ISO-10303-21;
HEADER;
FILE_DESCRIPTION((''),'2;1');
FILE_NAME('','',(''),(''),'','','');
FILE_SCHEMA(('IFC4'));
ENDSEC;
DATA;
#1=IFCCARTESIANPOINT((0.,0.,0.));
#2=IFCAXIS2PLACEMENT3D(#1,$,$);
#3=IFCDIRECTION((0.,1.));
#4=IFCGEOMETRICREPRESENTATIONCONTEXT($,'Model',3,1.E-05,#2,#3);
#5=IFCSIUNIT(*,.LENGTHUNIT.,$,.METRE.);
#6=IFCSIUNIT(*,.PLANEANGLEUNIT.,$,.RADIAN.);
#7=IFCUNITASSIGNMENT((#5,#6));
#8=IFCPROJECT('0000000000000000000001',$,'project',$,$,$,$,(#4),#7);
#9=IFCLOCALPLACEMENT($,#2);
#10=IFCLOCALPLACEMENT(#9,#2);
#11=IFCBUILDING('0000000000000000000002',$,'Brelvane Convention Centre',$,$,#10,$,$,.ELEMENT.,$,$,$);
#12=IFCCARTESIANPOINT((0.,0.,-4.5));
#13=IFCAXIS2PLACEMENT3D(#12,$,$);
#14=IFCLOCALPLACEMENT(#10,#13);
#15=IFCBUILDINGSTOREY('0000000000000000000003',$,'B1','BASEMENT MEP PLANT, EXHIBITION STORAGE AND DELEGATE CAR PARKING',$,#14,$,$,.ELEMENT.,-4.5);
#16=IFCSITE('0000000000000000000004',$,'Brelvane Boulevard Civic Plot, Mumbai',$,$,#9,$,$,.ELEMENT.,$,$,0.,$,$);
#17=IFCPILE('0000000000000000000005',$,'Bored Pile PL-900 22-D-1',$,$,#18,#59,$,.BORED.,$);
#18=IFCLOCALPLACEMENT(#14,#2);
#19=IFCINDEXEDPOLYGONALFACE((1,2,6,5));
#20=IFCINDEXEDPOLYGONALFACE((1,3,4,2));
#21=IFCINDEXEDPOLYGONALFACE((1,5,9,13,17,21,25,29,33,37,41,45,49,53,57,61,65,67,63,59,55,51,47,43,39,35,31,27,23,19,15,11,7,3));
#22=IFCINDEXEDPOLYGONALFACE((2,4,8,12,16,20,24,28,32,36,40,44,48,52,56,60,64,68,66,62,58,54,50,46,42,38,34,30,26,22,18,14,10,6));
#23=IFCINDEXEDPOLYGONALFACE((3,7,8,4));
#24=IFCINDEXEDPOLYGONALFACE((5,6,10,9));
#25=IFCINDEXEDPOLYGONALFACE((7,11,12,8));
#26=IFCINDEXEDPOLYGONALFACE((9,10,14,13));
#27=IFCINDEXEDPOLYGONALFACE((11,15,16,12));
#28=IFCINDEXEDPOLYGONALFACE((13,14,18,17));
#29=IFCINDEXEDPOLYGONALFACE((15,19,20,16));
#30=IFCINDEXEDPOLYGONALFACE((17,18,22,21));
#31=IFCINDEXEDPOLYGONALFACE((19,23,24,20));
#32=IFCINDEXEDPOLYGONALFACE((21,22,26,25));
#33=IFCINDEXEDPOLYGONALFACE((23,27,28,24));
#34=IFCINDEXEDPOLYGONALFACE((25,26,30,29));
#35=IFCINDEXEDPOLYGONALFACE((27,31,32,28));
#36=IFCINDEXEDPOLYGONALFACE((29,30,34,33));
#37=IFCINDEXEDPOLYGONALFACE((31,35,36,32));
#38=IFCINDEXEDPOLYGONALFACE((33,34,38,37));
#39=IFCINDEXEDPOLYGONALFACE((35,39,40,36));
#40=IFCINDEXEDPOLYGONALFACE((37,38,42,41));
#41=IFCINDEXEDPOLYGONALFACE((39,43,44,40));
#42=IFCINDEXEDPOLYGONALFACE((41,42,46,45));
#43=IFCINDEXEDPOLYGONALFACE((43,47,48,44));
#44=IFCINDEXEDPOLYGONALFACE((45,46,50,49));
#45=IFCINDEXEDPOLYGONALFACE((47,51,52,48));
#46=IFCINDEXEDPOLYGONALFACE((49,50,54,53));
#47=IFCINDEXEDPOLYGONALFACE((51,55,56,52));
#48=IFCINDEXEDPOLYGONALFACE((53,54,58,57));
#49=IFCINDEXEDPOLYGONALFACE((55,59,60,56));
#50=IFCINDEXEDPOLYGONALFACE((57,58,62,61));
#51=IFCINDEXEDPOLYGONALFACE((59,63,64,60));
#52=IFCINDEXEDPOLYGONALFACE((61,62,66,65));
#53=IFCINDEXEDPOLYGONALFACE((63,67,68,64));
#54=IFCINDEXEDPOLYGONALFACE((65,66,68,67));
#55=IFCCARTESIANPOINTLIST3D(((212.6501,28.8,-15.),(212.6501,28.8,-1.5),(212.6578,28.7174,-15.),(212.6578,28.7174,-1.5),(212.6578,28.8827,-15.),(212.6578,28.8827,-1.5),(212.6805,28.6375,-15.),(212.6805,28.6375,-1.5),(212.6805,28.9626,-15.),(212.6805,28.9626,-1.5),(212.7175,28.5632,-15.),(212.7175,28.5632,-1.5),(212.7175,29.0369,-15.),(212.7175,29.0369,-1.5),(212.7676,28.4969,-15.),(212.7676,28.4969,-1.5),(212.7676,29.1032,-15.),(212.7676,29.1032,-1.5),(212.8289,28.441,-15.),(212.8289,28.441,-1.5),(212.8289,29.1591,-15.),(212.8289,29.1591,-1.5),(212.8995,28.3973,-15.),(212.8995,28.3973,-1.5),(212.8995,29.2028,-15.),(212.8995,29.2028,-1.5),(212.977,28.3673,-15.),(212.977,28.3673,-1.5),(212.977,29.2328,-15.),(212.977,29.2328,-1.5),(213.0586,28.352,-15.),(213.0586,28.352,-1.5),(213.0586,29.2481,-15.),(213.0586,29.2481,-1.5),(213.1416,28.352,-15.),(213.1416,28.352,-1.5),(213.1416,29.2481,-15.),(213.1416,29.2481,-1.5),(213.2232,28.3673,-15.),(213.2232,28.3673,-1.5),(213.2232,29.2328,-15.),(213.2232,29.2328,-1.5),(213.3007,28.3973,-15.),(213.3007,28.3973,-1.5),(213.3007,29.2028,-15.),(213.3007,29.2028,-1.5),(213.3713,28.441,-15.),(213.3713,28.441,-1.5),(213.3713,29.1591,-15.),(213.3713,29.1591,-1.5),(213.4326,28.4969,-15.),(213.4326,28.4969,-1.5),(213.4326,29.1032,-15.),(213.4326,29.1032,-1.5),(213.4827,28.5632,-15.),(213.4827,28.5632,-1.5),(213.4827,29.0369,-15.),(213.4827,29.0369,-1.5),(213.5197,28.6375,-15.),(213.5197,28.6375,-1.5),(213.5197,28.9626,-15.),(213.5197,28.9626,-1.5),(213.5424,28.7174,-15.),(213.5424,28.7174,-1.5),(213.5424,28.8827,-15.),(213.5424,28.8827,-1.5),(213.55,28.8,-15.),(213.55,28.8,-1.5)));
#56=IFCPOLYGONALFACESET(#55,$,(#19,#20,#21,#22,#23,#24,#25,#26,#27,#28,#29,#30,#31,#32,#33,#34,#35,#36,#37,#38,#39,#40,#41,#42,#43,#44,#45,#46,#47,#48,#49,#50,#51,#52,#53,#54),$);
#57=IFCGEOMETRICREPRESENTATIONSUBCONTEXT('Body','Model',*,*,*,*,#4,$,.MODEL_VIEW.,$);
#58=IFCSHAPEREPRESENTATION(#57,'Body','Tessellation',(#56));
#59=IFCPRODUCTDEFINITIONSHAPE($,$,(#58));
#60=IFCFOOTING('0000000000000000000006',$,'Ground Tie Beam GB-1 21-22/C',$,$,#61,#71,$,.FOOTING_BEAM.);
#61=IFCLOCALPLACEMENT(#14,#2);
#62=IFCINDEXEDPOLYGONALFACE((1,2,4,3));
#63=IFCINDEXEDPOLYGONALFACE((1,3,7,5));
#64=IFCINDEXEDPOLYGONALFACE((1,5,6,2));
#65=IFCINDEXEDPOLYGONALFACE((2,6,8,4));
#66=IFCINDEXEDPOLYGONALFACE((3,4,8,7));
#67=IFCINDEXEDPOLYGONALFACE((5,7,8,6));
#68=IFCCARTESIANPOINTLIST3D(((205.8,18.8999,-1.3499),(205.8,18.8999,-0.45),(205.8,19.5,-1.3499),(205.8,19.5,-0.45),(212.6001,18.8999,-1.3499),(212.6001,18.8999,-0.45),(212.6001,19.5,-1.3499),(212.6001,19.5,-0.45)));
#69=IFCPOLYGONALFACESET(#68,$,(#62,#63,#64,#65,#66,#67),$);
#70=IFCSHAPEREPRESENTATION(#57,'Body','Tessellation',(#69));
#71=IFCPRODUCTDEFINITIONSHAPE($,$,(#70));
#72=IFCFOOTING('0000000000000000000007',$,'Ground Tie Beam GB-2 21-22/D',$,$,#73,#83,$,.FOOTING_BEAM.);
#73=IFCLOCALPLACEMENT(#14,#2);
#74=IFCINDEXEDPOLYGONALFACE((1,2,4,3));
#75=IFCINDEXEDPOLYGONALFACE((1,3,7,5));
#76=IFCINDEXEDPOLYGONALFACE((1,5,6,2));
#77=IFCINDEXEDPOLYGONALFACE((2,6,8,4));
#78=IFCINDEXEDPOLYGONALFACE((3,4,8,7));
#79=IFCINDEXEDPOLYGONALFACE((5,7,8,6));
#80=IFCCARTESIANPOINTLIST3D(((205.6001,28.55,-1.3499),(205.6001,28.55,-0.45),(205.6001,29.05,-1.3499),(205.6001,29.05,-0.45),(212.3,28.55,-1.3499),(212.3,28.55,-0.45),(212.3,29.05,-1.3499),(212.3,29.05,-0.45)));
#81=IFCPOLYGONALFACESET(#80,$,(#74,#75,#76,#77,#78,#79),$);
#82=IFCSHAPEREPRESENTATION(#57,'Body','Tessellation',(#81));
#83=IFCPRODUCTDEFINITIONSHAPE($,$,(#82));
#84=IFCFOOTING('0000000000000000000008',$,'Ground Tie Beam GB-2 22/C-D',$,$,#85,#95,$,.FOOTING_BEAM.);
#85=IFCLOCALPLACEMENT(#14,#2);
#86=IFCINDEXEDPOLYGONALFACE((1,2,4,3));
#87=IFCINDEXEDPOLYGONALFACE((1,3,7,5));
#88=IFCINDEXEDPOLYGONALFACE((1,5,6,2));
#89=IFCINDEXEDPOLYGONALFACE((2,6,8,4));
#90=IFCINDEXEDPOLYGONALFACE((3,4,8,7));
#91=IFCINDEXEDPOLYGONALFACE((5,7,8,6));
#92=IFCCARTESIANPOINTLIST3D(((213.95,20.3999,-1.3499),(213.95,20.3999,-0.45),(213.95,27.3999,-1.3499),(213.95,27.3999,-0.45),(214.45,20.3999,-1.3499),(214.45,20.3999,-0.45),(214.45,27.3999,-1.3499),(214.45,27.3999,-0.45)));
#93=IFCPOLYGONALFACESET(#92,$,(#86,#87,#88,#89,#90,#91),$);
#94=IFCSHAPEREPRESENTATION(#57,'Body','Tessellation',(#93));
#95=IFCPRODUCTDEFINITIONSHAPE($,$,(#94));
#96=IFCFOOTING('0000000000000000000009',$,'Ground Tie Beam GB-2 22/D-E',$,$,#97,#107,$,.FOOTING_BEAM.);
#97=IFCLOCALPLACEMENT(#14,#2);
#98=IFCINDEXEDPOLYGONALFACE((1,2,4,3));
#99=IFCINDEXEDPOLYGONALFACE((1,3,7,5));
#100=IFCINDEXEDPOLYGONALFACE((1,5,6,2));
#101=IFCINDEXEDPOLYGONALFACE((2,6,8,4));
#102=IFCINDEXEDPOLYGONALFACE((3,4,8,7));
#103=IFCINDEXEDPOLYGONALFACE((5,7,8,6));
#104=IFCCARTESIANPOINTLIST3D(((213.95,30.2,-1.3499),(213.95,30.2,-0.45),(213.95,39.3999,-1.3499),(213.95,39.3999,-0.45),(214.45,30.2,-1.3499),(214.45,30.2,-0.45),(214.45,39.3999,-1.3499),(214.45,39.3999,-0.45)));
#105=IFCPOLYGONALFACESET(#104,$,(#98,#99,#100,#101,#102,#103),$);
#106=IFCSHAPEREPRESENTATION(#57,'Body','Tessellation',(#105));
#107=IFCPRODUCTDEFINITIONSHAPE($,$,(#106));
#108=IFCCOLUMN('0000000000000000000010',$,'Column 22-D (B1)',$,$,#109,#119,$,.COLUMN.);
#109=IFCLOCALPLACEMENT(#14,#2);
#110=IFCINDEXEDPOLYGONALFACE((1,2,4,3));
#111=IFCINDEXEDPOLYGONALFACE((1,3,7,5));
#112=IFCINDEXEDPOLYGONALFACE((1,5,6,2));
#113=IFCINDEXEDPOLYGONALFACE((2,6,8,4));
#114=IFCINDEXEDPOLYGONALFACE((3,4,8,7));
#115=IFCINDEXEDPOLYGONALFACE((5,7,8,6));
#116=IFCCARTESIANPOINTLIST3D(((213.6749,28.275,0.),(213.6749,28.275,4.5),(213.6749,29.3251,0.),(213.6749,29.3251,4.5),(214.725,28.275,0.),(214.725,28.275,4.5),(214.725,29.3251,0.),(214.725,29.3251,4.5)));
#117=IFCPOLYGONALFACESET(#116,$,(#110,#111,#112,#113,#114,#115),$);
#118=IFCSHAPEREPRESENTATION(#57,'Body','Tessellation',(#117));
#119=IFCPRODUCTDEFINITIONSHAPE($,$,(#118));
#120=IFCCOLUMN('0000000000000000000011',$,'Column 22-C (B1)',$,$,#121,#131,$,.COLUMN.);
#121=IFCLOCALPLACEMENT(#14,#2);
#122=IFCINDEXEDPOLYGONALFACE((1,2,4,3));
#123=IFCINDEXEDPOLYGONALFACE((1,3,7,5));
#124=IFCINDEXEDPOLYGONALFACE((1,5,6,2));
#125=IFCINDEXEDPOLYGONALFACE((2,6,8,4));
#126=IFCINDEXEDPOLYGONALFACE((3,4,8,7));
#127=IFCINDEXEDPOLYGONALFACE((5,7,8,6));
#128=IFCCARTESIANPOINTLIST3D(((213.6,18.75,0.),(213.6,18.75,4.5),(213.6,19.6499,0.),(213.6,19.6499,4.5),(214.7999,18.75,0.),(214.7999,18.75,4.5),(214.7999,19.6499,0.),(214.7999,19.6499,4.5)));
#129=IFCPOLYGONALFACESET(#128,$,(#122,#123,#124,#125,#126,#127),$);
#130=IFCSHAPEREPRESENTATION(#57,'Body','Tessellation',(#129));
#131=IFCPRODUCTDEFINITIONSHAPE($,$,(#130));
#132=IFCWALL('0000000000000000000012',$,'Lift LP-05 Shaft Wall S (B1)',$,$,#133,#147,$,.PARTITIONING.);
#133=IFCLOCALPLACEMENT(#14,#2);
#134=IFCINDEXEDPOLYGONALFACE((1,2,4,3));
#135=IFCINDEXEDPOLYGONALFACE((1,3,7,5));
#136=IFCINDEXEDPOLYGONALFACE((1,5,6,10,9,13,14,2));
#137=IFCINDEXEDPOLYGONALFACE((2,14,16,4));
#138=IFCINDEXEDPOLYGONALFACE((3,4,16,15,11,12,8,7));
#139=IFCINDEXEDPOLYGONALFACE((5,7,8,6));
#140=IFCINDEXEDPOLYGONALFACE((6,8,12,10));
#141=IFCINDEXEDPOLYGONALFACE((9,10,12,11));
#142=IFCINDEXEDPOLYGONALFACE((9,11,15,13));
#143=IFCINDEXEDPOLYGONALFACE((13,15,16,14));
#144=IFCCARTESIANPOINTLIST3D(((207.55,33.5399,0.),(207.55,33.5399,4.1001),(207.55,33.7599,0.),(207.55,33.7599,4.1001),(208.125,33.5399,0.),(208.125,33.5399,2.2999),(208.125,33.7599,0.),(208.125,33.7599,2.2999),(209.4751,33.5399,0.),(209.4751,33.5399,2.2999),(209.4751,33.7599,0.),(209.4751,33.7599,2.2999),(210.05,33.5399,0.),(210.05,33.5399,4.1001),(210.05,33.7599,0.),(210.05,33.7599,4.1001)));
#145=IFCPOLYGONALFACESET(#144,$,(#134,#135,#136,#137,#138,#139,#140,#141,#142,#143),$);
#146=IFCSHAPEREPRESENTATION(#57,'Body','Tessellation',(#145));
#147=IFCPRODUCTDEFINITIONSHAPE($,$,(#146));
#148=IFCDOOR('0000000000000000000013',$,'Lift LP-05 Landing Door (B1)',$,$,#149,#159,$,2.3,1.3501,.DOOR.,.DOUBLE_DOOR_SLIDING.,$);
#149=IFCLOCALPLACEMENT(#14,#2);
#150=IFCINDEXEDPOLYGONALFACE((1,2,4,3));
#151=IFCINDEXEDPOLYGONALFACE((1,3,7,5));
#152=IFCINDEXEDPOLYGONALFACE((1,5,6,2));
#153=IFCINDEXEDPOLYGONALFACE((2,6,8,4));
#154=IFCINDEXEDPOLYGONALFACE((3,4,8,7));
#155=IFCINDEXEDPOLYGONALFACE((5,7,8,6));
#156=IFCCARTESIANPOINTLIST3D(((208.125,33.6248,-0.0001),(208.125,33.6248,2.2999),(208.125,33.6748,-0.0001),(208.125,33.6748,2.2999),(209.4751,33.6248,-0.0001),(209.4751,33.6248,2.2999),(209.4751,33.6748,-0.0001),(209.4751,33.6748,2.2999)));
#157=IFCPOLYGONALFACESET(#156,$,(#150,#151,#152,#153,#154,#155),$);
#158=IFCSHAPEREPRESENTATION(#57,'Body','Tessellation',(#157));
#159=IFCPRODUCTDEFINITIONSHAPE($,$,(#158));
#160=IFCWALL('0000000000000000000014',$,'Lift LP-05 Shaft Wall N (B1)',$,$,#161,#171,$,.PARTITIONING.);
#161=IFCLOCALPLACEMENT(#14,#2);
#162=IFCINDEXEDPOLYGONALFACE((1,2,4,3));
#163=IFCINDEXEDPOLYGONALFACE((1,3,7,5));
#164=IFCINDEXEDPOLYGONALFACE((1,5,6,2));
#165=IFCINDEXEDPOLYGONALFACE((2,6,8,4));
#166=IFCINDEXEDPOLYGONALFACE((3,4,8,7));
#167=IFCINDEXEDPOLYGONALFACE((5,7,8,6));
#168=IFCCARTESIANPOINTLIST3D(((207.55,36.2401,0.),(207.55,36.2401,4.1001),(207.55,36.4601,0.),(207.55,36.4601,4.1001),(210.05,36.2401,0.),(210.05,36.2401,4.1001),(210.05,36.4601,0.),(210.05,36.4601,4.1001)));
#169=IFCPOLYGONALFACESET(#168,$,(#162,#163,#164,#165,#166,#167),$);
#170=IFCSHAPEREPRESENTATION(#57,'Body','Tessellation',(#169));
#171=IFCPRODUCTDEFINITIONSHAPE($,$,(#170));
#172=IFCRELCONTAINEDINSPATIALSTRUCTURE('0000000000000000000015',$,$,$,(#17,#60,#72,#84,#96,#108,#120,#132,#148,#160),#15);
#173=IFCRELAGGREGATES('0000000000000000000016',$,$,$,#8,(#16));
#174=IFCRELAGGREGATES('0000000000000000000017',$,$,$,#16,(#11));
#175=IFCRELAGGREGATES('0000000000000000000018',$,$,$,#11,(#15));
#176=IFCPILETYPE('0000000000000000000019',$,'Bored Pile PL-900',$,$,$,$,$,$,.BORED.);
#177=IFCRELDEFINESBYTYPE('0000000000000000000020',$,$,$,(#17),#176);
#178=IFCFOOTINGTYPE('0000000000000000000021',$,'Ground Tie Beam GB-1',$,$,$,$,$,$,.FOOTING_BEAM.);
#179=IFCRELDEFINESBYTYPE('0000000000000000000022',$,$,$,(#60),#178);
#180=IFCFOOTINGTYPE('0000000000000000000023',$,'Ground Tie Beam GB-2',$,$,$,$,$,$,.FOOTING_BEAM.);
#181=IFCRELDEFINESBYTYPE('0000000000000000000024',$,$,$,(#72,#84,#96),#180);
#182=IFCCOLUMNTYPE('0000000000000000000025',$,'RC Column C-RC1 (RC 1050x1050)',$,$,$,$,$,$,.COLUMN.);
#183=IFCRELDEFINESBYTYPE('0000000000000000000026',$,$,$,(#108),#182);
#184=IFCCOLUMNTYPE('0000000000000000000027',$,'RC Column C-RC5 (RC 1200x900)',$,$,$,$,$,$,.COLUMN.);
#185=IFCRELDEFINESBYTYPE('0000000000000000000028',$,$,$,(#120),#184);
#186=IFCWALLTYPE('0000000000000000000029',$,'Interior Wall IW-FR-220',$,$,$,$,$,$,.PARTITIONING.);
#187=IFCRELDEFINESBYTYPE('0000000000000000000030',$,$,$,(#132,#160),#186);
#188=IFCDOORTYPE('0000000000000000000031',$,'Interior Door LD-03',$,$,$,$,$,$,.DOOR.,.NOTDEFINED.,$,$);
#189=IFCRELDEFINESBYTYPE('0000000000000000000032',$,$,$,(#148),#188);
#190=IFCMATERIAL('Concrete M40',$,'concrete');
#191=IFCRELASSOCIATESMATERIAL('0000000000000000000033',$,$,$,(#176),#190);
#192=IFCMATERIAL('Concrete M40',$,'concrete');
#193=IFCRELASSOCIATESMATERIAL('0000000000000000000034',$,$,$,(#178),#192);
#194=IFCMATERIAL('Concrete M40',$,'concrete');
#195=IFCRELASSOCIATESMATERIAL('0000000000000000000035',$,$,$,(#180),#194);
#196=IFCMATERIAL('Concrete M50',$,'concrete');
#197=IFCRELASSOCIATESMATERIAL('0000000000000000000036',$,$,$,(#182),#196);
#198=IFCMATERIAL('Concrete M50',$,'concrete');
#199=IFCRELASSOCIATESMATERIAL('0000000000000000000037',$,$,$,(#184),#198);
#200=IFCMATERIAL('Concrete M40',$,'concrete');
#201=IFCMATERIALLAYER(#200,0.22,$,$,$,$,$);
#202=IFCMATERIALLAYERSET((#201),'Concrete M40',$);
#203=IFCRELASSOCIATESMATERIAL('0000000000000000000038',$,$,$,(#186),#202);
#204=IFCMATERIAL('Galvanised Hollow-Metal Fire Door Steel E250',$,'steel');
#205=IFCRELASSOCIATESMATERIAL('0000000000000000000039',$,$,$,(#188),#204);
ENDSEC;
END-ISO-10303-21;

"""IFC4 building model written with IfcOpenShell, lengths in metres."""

from ifc_helpers import new_model, si_unit, direction, frame, frame_2d, origin, origin_2d, place, context, subcontext, project, spatial, rectangle, circle, extrude, material, layer, layer_set, material_profile, profile_set, type_object, element, fill, save


model = new_model("IFC4")

# Units and contexts
model_context = context("Model", 3, precision=1e-05, world=origin(), true_north=direction((0.0, 1.0)))
body_context = subcontext(model_context, "Body", "Model", "MODEL_VIEW")
ifc_project = project(units=[si_unit("LENGTHUNIT", "METRE"), si_unit("PLANEANGLEUNIT", "RADIAN")], contexts=[model_context])

# Site, building, storey
site_placement = place(None, origin())
site = spatial("IfcSite", under=ifc_project, at=site_placement, Name="Brelvane Boulevard Civic Plot, Mumbai", CompositionType="ELEMENT", RefElevation=0.0)
building_placement = place(site_placement, origin())
building = spatial("IfcBuilding", under=site, at=building_placement, Name="Brelvane Convention Centre", CompositionType="ELEMENT")
storey_placement = place(building_placement, frame((0.0, 0.0, -4.5)))
storey = spatial("IfcBuildingStorey", under=building, at=storey_placement, Name="B1", Description="BASEMENT MEP PLANT, EXHIBITION STORAGE AND DELEGATE CAR PARKING", CompositionType="ELEMENT", Elevation=-4.5)

# Pile
ifc_material_1 = material(Name="Concrete M40", Category="concrete")
ifc_material_profile_1 = material_profile(ifc_material_1, circle(Radius=0.45, at=origin_2d()), Name="PILE D900")
ifc_profile_set_1 = profile_set([ifc_material_profile_1], Name="Concrete M40")
pile_type = type_object("IfcPileType", Name="Bored Pile PL-900", PredefinedType="BORED", material=ifc_profile_set_1)
pile_placement = place(storey_placement, frame((213.1001, 28.8, -1.5), z_axis=(0.0, 0.0, -1.0), x_axis=(1.0, 0.0, 0.0)))
element("IfcPile", 1, at=pile_placement, inside=storey, type_object=pile_type, Name="Bored Pile PL-900 22-D-1", PredefinedType="BORED", context=body_context, shape_type="SweptSolid", body=[
    extrude(circle(Radius=0.45, at=origin_2d()), origin(), (0.0, 0.0, 1.0), 13.5),
])

# Footings
ifc_material_2 = material(Name="Concrete M40", Category="concrete")
ifc_material_profile_2 = material_profile(ifc_material_2, rectangle(XDim=0.6001, YDim=0.8999, at=origin_2d()), Name="RC 600x900")
ifc_profile_set_2 = profile_set([ifc_material_profile_2], Name="Concrete M40")
footing_type_1 = type_object("IfcFootingType", Name="Ground Tie Beam GB-1", PredefinedType="FOOTING_BEAM", material=ifc_profile_set_2)
footing_1_placement = place(storey_placement, frame((205.8, 19.2, -0.8999), z_axis=(1.0, 0.0, 0.0), x_axis=(0.0, 1.0, 0.0)))
element("IfcFooting", 2, at=footing_1_placement, inside=storey, type_object=footing_type_1, Name="Ground Tie Beam GB-1 21-22/C", PredefinedType="FOOTING_BEAM", context=body_context, shape_type="SweptSolid", body=[
    extrude(rectangle(XDim=0.6001, YDim=0.8999, at=origin_2d()), origin(), (0.0, 0.0, 1.0), 6.8),
])
ifc_material_3 = material(Name="Concrete M40", Category="concrete")
ifc_material_profile_3 = material_profile(ifc_material_3, rectangle(XDim=0.5, YDim=0.8999, at=origin_2d()), Name="RC 500x900")
ifc_profile_set_3 = profile_set([ifc_material_profile_3], Name="Concrete M40")
footing_type_2 = type_object("IfcFootingType", Name="Ground Tie Beam GB-2", PredefinedType="FOOTING_BEAM", material=ifc_profile_set_3)
footing_2_placement = place(storey_placement, frame((205.6001, 28.8, -0.8999), z_axis=(1.0, 0.0, 0.0), x_axis=(0.0, 1.0, 0.0)))
element("IfcFooting", 3, at=footing_2_placement, inside=storey, type_object=footing_type_2, Name="Ground Tie Beam GB-2 21-22/D", PredefinedType="FOOTING_BEAM", context=body_context, shape_type="SweptSolid", body=[
    extrude(rectangle(XDim=0.5, YDim=0.8999, at=origin_2d()), origin(), (0.0, 0.0, 1.0), 6.7),
])
footing_3_placement = place(storey_placement, frame((214.2, 20.3999, -0.8999), z_axis=(0.0, 1.0, 0.0), x_axis=(-1.0, 0.0, 0.0)))
element("IfcFooting", 4, at=footing_3_placement, inside=storey, type_object=footing_type_2, Name="Ground Tie Beam GB-2 22/C-D", PredefinedType="FOOTING_BEAM", context=body_context, shape_type="SweptSolid", body=[
    extrude(rectangle(XDim=0.5, YDim=0.8999, at=origin_2d()), origin(), (0.0, 0.0, 1.0), 7.0),
])
footing_4_placement = place(storey_placement, frame((214.2, 30.2, -0.8999), z_axis=(0.0, 1.0, 0.0), x_axis=(-1.0, 0.0, 0.0)))
element("IfcFooting", 5, at=footing_4_placement, inside=storey, type_object=footing_type_2, Name="Ground Tie Beam GB-2 22/D-E", PredefinedType="FOOTING_BEAM", context=body_context, shape_type="SweptSolid", body=[
    extrude(rectangle(XDim=0.5, YDim=0.8999, at=origin_2d()), origin(), (0.0, 0.0, 1.0), 9.2),
])

# Columns
ifc_material_4 = material(Name="Concrete M50", Category="concrete")
ifc_material_profile_4 = material_profile(ifc_material_4, rectangle(XDim=1.05, YDim=1.05, at=origin_2d()), Name="RC 1050x1050")
ifc_profile_set_4 = profile_set([ifc_material_profile_4], Name="Concrete M50")
column_type_1 = type_object("IfcColumnType", Name="RC Column C-RC1 (RC 1050x1050)", PredefinedType="COLUMN", material=ifc_profile_set_4)
column_1_placement = place(storey_placement, frame((214.2, 28.8, 0.0), z_axis=(0.0, 0.0, 1.0), x_axis=(1.0, 0.0, 0.0)))
element("IfcColumn", 6, at=column_1_placement, inside=storey, type_object=column_type_1, Name="Column 22-D (B1)", PredefinedType="COLUMN", context=body_context, shape_type="SweptSolid", body=[
    extrude(rectangle(XDim=1.05, YDim=1.05, at=origin_2d()), origin(), (0.0, 0.0, 1.0), 4.5),
])
ifc_material_5 = material(Name="Concrete M50", Category="concrete")
ifc_material_profile_5 = material_profile(ifc_material_5, rectangle(XDim=1.2, YDim=0.8999, at=origin_2d()), Name="RC 1200x900")
ifc_profile_set_5 = profile_set([ifc_material_profile_5], Name="Concrete M50")
column_type_2 = type_object("IfcColumnType", Name="RC Column C-RC5 (RC 1200x900)", PredefinedType="COLUMN", material=ifc_profile_set_5)
column_2_placement = place(storey_placement, frame((214.2, 19.2, 0.0), z_axis=(0.0, 0.0, 1.0), x_axis=(1.0, 0.0, 0.0)))
element("IfcColumn", 7, at=column_2_placement, inside=storey, type_object=column_type_2, Name="Column 22-C (B1)", PredefinedType="COLUMN", context=body_context, shape_type="SweptSolid", body=[
    extrude(rectangle(XDim=1.2, YDim=0.8999, at=origin_2d()), origin(), (0.0, 0.0, 1.0), 4.5),
])

# Wall, opening, door
ifc_material_6 = material(Name="Concrete M40", Category="concrete")
ifc_layer_1 = layer(ifc_material_6, 0.22)
ifc_layer_set_1 = layer_set([ifc_layer_1], Name="Concrete M40")
wall_type_1 = type_object("IfcWallType", Name="Interior Wall IW-FR-220", PredefinedType="PARTITIONING", material=ifc_layer_set_1)
wall_1_placement = place(storey_placement, frame((207.55, 33.6499, 0.0), z_axis=(0.0, 0.0, 1.0), x_axis=(1.0, 0.0, 0.0)))
wall_1 = element("IfcWall", 8, at=wall_1_placement, inside=storey, type_object=wall_type_1, Name="Lift LP-05 Shaft Wall S (B1)", PredefinedType="PARTITIONING", context=body_context, shape_type="SweptSolid", body=[
    extrude(rectangle(XDim=2.5, YDim=0.22, at=frame_2d((1.25, 0.0))), origin(), (0.0, 0.0, 1.0), 4.1001),
])
opening_1_placement = place(wall_1_placement, frame((0.575, 0.0, 0.0)))
opening_1 = element("IfcOpeningElement", 9, at=opening_1_placement, cuts=wall_1, PredefinedType="OPENING", context=body_context, shape_type="SweptSolid", body=[
    extrude(rectangle(XDim=1.3501, YDim=2.3, at=frame_2d((0.675, 1.1499))), frame((0.0, 0.1199, 0.0), z_axis=(0.0, -1.0, 0.0), x_axis=(1.0, 0.0, 0.0)), (0.0, 0.0, 1.0), 0.24),
])
ifc_material_7 = material(Name="Galvanised Hollow-Metal Fire Door Steel E250", Category="steel")
door_type_1 = type_object("IfcDoorType", Name="Interior Door LD-03", OperationType="NOTDEFINED", PredefinedType="DOOR", material=ifc_material_7)
door_1_placement = place(opening_1_placement, origin())
door_1 = element("IfcDoor", 10, at=door_1_placement, inside=storey, type_object=door_type_1, Name="Lift LP-05 Landing Door (B1)", OperationType="DOUBLE_DOOR_SLIDING", OverallHeight=2.3, OverallWidth=1.3501, PredefinedType="DOOR", context=body_context, shape_type="SweptSolid", body=[
    extrude(rectangle(XDim=1.3501, YDim=2.3, at=frame_2d((0.675, 1.1499))), frame((0.0, 0.0249, 0.0), z_axis=(0.0, -1.0, 0.0), x_axis=(1.0, 0.0, 0.0)), (0.0, 0.0, 1.0), 0.05),
])
fill(opening_1, door_1)

# Wall
wall_2_placement = place(storey_placement, frame((207.55, 36.3501, 0.0), z_axis=(0.0, 0.0, 1.0), x_axis=(1.0, 0.0, 0.0)))
element("IfcWall", 11, at=wall_2_placement, inside=storey, type_object=wall_type_1, Name="Lift LP-05 Shaft Wall N (B1)", PredefinedType="PARTITIONING", context=body_context, shape_type="SweptSolid", body=[
    extrude(rectangle(XDim=2.5, YDim=0.22, at=frame_2d((1.25, 0.0))), origin(), (0.0, 0.0, 1.0), 4.1001),
])

save(model, "model.ifc")
